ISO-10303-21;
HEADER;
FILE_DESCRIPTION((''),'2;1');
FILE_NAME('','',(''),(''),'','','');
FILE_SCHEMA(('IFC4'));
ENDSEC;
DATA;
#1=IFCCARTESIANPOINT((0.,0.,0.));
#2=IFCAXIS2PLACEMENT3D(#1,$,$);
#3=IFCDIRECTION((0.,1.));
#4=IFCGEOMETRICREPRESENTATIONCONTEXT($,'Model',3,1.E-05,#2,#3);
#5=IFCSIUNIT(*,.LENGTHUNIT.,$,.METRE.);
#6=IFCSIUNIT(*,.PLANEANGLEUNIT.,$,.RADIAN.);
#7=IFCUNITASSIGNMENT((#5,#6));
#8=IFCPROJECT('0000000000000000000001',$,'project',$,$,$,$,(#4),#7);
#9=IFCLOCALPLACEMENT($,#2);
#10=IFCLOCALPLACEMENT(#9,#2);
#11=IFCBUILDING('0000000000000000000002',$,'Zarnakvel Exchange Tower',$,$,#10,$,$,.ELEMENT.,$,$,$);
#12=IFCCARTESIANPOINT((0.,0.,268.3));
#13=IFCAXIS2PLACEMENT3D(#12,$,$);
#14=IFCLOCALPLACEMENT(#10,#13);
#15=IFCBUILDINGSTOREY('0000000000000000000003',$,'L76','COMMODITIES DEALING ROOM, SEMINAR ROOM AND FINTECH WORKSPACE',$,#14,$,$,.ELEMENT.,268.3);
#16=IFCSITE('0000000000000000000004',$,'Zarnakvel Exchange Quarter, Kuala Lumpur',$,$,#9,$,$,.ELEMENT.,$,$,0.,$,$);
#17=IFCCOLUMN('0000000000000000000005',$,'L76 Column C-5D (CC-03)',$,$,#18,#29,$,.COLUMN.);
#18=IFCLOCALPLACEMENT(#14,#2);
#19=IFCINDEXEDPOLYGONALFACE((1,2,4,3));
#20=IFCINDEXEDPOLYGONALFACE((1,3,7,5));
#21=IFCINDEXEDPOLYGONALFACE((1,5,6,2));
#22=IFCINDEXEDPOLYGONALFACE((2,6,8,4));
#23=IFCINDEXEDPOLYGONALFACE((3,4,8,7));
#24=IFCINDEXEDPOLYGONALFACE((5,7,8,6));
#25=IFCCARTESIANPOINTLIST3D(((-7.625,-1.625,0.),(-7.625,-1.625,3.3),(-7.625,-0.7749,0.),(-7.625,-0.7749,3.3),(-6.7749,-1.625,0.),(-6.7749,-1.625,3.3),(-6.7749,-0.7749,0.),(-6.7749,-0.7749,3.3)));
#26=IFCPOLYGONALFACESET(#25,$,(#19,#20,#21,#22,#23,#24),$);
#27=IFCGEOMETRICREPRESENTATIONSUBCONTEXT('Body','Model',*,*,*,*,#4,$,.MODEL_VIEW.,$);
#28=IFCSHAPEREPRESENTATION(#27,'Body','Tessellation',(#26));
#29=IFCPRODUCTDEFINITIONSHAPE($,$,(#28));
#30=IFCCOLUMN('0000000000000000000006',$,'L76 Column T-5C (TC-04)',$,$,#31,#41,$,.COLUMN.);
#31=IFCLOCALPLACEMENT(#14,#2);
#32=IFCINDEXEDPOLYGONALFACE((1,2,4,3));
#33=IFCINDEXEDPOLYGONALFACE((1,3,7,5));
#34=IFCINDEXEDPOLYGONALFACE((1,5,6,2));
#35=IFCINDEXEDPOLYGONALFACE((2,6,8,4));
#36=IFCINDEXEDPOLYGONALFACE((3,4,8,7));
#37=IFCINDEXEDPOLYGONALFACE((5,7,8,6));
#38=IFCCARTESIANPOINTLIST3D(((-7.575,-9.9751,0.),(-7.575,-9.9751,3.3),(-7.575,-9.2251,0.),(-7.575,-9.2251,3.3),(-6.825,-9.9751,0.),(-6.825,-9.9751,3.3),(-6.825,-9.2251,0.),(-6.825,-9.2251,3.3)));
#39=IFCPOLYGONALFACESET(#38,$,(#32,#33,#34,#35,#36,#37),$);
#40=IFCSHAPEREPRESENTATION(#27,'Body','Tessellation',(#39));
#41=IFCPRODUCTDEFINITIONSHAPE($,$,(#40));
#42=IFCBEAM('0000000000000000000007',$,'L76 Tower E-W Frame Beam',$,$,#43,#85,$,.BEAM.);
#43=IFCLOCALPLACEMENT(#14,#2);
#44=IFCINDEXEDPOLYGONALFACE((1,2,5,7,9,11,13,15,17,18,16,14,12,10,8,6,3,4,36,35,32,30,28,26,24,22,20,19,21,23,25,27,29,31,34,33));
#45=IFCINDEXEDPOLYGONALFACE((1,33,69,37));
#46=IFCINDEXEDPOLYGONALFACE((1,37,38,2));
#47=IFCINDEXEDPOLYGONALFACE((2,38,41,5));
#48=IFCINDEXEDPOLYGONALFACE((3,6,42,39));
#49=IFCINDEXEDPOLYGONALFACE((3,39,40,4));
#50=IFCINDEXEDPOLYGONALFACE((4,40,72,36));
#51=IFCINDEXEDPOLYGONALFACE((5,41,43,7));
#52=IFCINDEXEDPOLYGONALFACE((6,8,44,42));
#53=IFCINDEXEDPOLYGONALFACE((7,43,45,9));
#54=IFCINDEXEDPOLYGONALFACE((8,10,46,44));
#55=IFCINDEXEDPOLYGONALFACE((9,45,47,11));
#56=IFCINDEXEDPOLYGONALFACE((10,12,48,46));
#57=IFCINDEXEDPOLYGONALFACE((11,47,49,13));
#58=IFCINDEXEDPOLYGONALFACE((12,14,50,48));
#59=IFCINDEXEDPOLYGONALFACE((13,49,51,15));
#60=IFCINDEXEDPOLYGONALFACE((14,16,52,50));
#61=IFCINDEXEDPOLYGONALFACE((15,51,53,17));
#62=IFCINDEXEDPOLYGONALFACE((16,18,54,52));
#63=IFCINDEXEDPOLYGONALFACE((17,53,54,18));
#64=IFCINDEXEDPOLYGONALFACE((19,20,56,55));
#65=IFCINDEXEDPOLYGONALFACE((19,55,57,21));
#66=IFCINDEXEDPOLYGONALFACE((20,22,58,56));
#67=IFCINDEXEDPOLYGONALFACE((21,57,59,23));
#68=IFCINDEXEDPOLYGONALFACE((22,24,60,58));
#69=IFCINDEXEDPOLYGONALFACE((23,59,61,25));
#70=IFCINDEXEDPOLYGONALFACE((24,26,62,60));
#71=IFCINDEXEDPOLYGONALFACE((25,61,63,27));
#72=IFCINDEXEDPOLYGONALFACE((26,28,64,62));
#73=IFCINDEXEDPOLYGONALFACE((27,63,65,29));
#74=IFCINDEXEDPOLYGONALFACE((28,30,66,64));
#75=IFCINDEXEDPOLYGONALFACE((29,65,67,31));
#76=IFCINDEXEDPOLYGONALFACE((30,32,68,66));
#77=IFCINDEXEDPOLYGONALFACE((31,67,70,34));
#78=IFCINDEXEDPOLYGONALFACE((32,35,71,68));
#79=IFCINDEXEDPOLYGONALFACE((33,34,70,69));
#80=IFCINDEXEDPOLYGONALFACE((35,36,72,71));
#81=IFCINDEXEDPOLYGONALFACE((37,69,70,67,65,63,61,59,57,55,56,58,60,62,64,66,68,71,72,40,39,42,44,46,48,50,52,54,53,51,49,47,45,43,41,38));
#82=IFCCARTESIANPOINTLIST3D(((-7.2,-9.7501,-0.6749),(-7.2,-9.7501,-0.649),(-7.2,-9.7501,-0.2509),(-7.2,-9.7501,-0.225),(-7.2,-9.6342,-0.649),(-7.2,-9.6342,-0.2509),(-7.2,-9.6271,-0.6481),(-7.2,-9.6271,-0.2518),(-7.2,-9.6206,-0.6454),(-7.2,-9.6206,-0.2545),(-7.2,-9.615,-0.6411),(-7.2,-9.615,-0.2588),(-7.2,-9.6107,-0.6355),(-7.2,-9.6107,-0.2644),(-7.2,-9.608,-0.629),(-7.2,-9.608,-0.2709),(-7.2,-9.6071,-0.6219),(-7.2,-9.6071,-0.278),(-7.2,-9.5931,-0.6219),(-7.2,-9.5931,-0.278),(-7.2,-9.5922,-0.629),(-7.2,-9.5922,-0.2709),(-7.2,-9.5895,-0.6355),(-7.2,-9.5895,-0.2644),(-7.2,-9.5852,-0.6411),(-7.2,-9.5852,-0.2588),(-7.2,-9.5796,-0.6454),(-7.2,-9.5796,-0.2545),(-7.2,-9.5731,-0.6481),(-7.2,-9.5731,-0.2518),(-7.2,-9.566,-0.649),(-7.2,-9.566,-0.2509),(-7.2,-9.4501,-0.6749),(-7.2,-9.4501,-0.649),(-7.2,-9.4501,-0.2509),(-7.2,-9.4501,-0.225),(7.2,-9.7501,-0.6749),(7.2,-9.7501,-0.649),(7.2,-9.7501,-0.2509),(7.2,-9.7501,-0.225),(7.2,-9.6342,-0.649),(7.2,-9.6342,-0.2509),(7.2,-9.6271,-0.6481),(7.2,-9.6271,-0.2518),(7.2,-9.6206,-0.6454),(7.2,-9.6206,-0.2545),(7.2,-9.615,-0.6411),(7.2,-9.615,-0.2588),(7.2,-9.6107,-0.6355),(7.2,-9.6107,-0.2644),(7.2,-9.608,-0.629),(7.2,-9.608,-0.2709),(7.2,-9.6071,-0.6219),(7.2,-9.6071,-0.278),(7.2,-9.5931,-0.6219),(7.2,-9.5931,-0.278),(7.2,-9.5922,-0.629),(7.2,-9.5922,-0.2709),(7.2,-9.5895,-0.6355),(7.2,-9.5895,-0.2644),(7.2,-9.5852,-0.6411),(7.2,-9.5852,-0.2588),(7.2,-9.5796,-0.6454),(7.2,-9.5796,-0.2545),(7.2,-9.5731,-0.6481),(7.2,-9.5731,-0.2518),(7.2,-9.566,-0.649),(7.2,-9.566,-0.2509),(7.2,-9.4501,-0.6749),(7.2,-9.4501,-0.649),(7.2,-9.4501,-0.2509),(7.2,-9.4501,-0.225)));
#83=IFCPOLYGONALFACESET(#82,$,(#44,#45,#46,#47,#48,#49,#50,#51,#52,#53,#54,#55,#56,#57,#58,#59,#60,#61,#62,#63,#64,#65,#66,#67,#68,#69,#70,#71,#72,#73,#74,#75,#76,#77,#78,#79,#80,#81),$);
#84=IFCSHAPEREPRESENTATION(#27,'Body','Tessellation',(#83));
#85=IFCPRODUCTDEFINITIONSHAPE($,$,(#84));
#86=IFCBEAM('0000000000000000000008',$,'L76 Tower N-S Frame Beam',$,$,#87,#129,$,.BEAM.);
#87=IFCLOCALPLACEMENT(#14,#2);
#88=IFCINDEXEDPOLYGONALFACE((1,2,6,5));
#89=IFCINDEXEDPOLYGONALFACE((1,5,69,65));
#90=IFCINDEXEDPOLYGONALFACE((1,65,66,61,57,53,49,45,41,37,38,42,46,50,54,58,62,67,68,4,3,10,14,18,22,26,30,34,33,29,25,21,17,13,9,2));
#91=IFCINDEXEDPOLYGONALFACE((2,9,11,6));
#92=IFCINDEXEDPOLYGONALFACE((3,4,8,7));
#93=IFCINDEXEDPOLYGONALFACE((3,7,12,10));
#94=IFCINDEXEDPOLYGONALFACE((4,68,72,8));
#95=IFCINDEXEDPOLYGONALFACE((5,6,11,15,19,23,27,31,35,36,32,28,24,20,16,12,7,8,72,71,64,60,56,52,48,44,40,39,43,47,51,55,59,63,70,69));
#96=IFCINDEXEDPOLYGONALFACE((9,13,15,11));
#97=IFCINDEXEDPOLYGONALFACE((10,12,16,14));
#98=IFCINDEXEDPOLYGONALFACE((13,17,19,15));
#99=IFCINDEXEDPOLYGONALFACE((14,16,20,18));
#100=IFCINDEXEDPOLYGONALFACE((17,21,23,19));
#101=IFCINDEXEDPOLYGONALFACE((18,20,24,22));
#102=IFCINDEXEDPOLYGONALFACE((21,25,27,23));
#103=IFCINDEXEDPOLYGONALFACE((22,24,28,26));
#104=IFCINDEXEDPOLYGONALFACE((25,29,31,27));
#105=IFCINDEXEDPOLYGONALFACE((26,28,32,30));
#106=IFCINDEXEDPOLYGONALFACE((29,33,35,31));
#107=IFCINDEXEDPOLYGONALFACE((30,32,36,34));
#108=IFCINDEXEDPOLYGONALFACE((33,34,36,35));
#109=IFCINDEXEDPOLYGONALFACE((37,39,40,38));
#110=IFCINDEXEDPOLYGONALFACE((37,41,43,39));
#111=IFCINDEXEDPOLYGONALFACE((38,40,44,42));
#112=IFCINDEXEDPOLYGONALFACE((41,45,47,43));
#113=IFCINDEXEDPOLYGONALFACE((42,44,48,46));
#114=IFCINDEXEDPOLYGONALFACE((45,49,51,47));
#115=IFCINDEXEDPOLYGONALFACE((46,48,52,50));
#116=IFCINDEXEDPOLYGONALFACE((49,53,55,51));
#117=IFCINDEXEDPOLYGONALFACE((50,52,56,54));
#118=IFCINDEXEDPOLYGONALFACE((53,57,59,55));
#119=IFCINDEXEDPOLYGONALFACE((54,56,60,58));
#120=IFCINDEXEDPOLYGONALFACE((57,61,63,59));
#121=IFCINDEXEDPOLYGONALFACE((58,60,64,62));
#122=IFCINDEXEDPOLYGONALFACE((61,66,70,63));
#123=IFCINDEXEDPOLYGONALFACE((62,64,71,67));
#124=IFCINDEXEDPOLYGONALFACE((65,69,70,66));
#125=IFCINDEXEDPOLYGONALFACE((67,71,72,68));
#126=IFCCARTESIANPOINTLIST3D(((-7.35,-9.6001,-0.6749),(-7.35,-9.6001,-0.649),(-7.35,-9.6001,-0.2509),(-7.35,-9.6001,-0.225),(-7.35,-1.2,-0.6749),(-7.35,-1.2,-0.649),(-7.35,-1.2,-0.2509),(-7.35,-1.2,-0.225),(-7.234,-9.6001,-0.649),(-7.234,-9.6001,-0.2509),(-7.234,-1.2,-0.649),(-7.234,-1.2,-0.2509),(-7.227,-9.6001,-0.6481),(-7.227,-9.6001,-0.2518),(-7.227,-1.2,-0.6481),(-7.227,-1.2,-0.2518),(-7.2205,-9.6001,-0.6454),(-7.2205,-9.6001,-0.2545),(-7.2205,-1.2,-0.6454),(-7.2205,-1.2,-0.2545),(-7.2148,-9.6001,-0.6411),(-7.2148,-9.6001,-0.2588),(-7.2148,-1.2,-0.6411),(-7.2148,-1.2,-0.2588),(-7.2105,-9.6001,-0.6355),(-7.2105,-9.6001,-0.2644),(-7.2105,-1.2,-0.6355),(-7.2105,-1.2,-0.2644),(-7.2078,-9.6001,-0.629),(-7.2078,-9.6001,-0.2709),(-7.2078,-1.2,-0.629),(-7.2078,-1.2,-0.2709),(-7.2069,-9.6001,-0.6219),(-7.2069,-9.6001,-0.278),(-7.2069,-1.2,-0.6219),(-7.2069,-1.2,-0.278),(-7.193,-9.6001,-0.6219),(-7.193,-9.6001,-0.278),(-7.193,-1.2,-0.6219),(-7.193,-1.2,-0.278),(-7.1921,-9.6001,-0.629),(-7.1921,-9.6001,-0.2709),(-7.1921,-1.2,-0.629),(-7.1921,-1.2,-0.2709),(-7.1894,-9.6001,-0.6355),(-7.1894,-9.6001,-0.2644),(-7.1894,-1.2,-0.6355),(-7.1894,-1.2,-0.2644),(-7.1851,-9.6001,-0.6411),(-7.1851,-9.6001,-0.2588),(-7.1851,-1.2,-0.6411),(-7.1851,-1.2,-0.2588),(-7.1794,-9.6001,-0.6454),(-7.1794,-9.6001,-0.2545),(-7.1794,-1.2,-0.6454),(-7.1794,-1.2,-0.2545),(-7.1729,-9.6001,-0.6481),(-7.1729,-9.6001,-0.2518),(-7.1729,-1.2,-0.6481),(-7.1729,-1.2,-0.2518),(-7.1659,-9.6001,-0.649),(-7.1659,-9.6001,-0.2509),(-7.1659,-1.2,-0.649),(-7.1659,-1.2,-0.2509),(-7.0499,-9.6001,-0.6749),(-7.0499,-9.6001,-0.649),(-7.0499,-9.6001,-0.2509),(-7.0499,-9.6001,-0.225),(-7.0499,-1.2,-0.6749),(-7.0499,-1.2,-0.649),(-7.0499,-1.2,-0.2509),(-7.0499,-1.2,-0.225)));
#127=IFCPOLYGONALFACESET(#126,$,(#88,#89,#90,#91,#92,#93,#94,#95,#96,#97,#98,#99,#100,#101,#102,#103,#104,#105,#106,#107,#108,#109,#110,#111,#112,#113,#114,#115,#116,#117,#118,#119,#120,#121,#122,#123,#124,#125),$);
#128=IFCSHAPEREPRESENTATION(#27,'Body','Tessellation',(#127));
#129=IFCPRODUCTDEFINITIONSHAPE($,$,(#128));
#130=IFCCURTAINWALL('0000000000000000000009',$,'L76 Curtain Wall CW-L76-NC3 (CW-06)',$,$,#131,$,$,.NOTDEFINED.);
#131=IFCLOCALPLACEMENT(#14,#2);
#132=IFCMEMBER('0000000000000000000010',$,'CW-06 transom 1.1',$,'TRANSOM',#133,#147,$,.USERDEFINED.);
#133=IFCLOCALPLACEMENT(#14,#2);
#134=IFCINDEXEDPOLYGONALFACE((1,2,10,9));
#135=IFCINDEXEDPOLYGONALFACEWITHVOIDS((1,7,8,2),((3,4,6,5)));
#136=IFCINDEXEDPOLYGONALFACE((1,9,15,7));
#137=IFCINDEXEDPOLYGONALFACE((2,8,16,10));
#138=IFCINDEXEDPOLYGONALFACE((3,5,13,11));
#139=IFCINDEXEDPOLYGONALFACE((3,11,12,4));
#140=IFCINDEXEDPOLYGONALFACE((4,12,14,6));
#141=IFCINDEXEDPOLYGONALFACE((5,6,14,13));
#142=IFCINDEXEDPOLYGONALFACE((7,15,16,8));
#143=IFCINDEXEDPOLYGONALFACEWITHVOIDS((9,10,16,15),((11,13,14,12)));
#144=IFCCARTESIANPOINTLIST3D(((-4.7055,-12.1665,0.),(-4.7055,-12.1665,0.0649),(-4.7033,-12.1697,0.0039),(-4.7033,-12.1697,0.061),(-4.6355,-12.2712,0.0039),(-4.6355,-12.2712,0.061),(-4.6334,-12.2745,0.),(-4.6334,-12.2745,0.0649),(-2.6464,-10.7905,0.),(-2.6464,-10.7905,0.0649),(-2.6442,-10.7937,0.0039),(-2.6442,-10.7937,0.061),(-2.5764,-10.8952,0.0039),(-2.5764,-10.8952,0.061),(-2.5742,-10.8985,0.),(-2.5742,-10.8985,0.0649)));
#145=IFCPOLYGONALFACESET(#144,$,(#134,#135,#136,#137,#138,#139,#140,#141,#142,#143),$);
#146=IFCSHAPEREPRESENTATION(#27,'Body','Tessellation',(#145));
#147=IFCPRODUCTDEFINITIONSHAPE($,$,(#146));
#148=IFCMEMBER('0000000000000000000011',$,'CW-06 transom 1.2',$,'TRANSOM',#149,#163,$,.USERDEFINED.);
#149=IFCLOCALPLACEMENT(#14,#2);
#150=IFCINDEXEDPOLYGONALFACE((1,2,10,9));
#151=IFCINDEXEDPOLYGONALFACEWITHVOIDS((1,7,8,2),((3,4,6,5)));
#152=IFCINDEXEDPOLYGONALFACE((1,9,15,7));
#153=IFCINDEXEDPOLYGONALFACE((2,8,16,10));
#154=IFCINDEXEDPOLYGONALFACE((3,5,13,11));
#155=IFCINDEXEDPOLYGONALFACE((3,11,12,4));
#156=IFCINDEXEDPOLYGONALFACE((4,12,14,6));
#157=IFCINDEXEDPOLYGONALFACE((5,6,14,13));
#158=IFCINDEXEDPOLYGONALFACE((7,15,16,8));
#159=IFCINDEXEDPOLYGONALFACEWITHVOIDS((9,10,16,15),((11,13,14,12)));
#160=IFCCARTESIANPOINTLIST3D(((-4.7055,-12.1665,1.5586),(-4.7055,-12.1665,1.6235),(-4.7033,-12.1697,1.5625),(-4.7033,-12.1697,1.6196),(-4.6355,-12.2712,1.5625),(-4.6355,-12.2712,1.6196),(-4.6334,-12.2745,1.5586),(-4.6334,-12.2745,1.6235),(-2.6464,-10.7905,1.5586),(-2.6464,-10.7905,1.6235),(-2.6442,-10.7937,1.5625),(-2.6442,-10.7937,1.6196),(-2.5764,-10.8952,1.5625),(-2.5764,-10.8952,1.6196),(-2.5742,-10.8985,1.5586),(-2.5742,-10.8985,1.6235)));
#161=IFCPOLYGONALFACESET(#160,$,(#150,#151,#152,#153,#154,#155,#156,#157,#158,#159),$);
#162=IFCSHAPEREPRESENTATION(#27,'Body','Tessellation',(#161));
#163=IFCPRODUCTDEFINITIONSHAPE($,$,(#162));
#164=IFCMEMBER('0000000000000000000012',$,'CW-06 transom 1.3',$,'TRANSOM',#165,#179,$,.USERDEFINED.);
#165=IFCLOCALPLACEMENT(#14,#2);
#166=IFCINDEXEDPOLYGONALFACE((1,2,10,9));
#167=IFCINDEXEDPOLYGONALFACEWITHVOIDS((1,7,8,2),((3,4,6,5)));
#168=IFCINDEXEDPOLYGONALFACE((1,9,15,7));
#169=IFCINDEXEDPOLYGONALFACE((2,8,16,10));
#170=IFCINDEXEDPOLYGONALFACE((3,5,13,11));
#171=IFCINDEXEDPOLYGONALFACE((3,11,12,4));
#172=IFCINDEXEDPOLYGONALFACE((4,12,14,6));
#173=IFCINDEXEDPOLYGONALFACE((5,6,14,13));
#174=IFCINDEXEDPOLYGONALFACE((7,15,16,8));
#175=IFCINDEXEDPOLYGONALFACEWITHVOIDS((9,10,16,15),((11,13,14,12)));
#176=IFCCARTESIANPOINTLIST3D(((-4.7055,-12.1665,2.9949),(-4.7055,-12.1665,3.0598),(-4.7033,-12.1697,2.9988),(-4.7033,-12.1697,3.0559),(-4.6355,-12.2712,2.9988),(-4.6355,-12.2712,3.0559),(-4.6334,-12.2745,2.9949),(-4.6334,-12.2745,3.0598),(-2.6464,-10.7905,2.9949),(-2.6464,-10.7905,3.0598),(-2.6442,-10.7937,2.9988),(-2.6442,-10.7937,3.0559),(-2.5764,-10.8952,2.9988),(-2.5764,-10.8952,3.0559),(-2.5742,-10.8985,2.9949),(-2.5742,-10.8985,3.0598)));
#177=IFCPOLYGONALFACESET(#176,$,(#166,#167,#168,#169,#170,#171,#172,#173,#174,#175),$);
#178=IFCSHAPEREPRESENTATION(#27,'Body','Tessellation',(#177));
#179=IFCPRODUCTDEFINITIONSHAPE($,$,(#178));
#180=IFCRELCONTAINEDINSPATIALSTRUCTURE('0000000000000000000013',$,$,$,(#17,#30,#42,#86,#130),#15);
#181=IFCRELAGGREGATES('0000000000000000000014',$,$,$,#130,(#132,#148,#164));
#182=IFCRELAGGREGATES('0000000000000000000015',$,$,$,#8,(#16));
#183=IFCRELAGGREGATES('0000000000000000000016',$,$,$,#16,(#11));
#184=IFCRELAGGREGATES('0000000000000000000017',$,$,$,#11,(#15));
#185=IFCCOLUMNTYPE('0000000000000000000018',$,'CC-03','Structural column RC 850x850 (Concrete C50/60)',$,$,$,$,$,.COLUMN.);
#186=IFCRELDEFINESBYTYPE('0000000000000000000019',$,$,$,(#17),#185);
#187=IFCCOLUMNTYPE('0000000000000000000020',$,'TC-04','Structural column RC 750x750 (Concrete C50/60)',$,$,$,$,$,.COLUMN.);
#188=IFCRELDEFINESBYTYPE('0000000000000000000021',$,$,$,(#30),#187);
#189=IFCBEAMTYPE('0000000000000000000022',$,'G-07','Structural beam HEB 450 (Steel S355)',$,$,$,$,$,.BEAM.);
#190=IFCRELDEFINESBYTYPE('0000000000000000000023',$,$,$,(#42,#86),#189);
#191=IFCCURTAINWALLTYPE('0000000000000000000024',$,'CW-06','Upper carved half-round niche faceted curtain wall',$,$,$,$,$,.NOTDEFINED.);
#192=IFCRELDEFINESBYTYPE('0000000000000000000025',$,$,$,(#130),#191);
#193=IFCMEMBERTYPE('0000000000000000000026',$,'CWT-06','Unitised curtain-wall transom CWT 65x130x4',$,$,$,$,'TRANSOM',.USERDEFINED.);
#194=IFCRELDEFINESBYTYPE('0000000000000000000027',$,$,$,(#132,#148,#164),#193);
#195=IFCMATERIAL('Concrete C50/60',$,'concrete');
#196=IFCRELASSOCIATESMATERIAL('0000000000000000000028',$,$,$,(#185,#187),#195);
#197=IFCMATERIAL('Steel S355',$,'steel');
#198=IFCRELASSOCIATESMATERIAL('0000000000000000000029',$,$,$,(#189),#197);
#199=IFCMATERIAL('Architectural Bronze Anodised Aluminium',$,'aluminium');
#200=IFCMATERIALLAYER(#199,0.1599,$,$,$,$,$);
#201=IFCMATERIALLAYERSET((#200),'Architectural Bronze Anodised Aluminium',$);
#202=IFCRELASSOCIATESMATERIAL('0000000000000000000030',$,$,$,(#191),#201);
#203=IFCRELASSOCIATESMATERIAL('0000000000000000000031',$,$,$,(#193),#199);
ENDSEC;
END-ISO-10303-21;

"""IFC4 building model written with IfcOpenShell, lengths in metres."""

from ifc_helpers import new_model, si_unit, direction, frame, origin, origin_2d, place, context, subcontext, project, spatial, rectangle, hollow_rectangle, i_section, extrude, source, transform, mapped, material, layer, layer_set, material_profile, profile_set, type_object, element, aggregate, save


model = new_model("IFC4")

# Units and contexts
model_context = context("Model", 3, precision=1e-05, world=origin(), true_north=direction((0.0, 1.0)))
body_context = subcontext(model_context, "Body", "Model", "MODEL_VIEW")
ifc_project = project(units=[si_unit("LENGTHUNIT", "METRE"), si_unit("PLANEANGLEUNIT", "RADIAN")], contexts=[model_context])

# Site, building, storey
site_placement = place(None, origin())
site = spatial("IfcSite", under=ifc_project, at=site_placement, Name="Zarnakvel Exchange Quarter, Kuala Lumpur", CompositionType="ELEMENT", RefElevation=0.0)
building_placement = place(site_placement, origin())
building = spatial("IfcBuilding", under=site, at=building_placement, Name="Zarnakvel Exchange Tower", CompositionType="ELEMENT")
storey_placement = place(building_placement, frame((0.0, 0.0, 268.3)))
storey = spatial("IfcBuildingStorey", under=building, at=storey_placement, Name="L76", Description="COMMODITIES DEALING ROOM, SEMINAR ROOM AND FINTECH WORKSPACE", CompositionType="ELEMENT", Elevation=268.3)

# Columns
ifc_material_1 = material(Name="Concrete C50/60", Category="concrete")
ifc_material_profile_1 = material_profile(ifc_material_1, rectangle(XDim=0.8501, YDim=0.8501, at=origin_2d()))
ifc_profile_set_1 = profile_set([ifc_material_profile_1], Name="Concrete C50/60")
column_type_1 = type_object("IfcColumnType", Name="CC-03", Description="Structural column RC 850x850 (Concrete C50/60)", PredefinedType="COLUMN", material=ifc_profile_set_1)
column_1_placement = place(storey_placement, frame((-7.2, -1.2, 0.0), z_axis=(0.0, 0.0, 1.0), x_axis=(1.0, 0.0, 0.0)))
element("IfcColumn", 1, at=column_1_placement, inside=storey, type_object=column_type_1, Name="L76 Column C-5D (CC-03)", PredefinedType="COLUMN", context=body_context, shape_type="SweptSolid", body=[
    extrude(rectangle(XDim=0.8501, YDim=0.8501, at=origin_2d()), origin(), (0.0, 0.0, 1.0), 3.3),
])
ifc_material_profile_2 = material_profile(ifc_material_1, rectangle(XDim=0.75, YDim=0.75, at=origin_2d()))
ifc_profile_set_2 = profile_set([ifc_material_profile_2], Name="Concrete C50/60")
column_type_2 = type_object("IfcColumnType", Name="TC-04", Description="Structural column RC 750x750 (Concrete C50/60)", PredefinedType="COLUMN", material=ifc_profile_set_2)
column_2_placement = place(storey_placement, frame((-7.2, -9.6001, 0.0), z_axis=(0.0, 0.0, 1.0), x_axis=(1.0, 0.0, 0.0)))
element("IfcColumn", 2, at=column_2_placement, inside=storey, type_object=column_type_2, Name="L76 Column T-5C (TC-04)", PredefinedType="COLUMN", context=body_context, shape_type="SweptSolid", body=[
    extrude(rectangle(XDim=0.75, YDim=0.75, at=origin_2d()), origin(), (0.0, 0.0, 1.0), 3.3),
])

# Beams
ifc_material_2 = material(Name="Steel S355", Category="steel")
ifc_material_profile_3 = material_profile(ifc_material_2, i_section(OverallWidth=0.3, OverallDepth=0.45, WebThickness=0.0139, FlangeThickness=0.0259, FilletRadius=0.0271, at=origin_2d()))
ifc_profile_set_3 = profile_set([ifc_material_profile_3], Name="Steel S355")
beam_type = type_object("IfcBeamType", Name="G-07", Description="Structural beam HEB 450 (Steel S355)", PredefinedType="BEAM", material=ifc_profile_set_3)
beam_1_placement = place(storey_placement, frame((-7.2, -9.6001, -0.45), z_axis=(1.0, 0.0, 0.0), x_axis=(0.0, 1.0, 0.0)))
element("IfcBeam", 3, at=beam_1_placement, inside=storey, type_object=beam_type, Name="L76 Tower E-W Frame Beam", PredefinedType="BEAM", context=body_context, shape_type="SweptSolid", body=[
    extrude(i_section(OverallWidth=0.3, OverallDepth=0.45, WebThickness=0.0139, FlangeThickness=0.0259, FilletRadius=0.0271, at=origin_2d()), origin(), (0.0, 0.0, 1.0), 14.3999),
])
beam_2_placement = place(storey_placement, frame((-7.2, -9.6001, -0.45), z_axis=(0.0, 1.0, 0.0), x_axis=(-1.0, 0.0, 0.0)))
element("IfcBeam", 4, at=beam_2_placement, inside=storey, type_object=beam_type, Name="L76 Tower N-S Frame Beam", PredefinedType="BEAM", context=body_context, shape_type="SweptSolid", body=[
    extrude(i_section(OverallWidth=0.3, OverallDepth=0.45, WebThickness=0.0139, FlangeThickness=0.0259, FilletRadius=0.0271, at=origin_2d()), origin(), (0.0, 0.0, 1.0), 8.4001),
])

# Curtain wall, members
ifc_material_3 = material(Name="Architectural Bronze Anodised Aluminium", Category="aluminium")
ifc_layer_1 = layer(ifc_material_3, 0.1599)
ifc_layer_set_1 = layer_set([ifc_layer_1], Name="Architectural Bronze Anodised Aluminium")
curtain_wall_type = type_object("IfcCurtainWallType", Name="CW-06", Description="Upper carved half-round niche faceted curtain wall", PredefinedType="NOTDEFINED", material=ifc_layer_set_1)
curtain_wall_1_placement = place(storey_placement, origin())
curtain_wall_1 = element("IfcCurtainWall", 5, at=curtain_wall_1_placement, inside=storey, type_object=curtain_wall_type, Name="L76 Curtain Wall CW-L76-NC3 (CW-06)", PredefinedType="NOTDEFINED")
ifc_material_profile_4 = material_profile(ifc_material_3, hollow_rectangle(XDim=0.1299, YDim=0.0649, WallThickness=0.0039, at=origin_2d()))
ifc_profile_set_4 = profile_set([ifc_material_profile_4], Name="Architectural Bronze Anodised Aluminium")
member_type_1 = type_object("IfcMemberType", Name="CWT-06", Description="Unitised curtain-wall transom CWT 65x130x4", ElementType="TRANSOM", PredefinedType="USERDEFINED", material=ifc_profile_set_4)
shared_shape_1 = source(origin(), body_context, "Body", "SweptSolid", [
    extrude(hollow_rectangle(XDim=0.1299, YDim=0.0649, WallThickness=0.0039, at=origin_2d()), origin(), (0.0, 0.0, 1.0), 2.4766),
])
member_1_placement = place(storey_placement, frame((-4.6694, -12.2205, 0.0325), z_axis=(0.831443, 0.55561, 0.0), x_axis=(-0.55561, 0.831443, 0.0)))
member_1 = element("IfcMember", 6, at=member_1_placement, type_object=member_type_1, Name="CW-06 transom 1.1", ObjectType="TRANSOM", PredefinedType="USERDEFINED", context=body_context, shape_type="MappedRepresentation", body=[
    mapped(shared_shape_1, transform((0.0, 0.0, 0.0), x_axis=(1.0, 0.0, 0.0), y_axis=(0.0, 1.0, 0.0), z_axis=(0.0, 0.0, 1.0), scale=1.0)),
])
member_2_placement = place(storey_placement, frame((-4.6694, -12.2205, 1.5911), z_axis=(0.831443, 0.55561, 0.0), x_axis=(-0.55561, 0.831443, 0.0)))
member_2 = element("IfcMember", 7, at=member_2_placement, type_object=member_type_1, Name="CW-06 transom 1.2", ObjectType="TRANSOM", PredefinedType="USERDEFINED", context=body_context, shape_type="MappedRepresentation", body=[
    mapped(shared_shape_1, transform((0.0, 0.0, 0.0), x_axis=(1.0, 0.0, 0.0), y_axis=(0.0, 1.0, 0.0), z_axis=(0.0, 0.0, 1.0), scale=1.0)),
])
member_3_placement = place(storey_placement, frame((-4.6694, -12.2205, 3.0273), z_axis=(0.831443, 0.55561, 0.0), x_axis=(-0.55561, 0.831443, 0.0)))
member_3 = element("IfcMember", 8, at=member_3_placement, type_object=member_type_1, Name="CW-06 transom 1.3", ObjectType="TRANSOM", PredefinedType="USERDEFINED", context=body_context, shape_type="MappedRepresentation", body=[
    mapped(shared_shape_1, transform((0.0, 0.0, 0.0), x_axis=(1.0, 0.0, 0.0), y_axis=(0.0, 1.0, 0.0), z_axis=(0.0, 0.0, 1.0), scale=1.0)),
])

aggregate(curtain_wall_1, [member_1, member_2, member_3])

save(model, "model.ifc")
